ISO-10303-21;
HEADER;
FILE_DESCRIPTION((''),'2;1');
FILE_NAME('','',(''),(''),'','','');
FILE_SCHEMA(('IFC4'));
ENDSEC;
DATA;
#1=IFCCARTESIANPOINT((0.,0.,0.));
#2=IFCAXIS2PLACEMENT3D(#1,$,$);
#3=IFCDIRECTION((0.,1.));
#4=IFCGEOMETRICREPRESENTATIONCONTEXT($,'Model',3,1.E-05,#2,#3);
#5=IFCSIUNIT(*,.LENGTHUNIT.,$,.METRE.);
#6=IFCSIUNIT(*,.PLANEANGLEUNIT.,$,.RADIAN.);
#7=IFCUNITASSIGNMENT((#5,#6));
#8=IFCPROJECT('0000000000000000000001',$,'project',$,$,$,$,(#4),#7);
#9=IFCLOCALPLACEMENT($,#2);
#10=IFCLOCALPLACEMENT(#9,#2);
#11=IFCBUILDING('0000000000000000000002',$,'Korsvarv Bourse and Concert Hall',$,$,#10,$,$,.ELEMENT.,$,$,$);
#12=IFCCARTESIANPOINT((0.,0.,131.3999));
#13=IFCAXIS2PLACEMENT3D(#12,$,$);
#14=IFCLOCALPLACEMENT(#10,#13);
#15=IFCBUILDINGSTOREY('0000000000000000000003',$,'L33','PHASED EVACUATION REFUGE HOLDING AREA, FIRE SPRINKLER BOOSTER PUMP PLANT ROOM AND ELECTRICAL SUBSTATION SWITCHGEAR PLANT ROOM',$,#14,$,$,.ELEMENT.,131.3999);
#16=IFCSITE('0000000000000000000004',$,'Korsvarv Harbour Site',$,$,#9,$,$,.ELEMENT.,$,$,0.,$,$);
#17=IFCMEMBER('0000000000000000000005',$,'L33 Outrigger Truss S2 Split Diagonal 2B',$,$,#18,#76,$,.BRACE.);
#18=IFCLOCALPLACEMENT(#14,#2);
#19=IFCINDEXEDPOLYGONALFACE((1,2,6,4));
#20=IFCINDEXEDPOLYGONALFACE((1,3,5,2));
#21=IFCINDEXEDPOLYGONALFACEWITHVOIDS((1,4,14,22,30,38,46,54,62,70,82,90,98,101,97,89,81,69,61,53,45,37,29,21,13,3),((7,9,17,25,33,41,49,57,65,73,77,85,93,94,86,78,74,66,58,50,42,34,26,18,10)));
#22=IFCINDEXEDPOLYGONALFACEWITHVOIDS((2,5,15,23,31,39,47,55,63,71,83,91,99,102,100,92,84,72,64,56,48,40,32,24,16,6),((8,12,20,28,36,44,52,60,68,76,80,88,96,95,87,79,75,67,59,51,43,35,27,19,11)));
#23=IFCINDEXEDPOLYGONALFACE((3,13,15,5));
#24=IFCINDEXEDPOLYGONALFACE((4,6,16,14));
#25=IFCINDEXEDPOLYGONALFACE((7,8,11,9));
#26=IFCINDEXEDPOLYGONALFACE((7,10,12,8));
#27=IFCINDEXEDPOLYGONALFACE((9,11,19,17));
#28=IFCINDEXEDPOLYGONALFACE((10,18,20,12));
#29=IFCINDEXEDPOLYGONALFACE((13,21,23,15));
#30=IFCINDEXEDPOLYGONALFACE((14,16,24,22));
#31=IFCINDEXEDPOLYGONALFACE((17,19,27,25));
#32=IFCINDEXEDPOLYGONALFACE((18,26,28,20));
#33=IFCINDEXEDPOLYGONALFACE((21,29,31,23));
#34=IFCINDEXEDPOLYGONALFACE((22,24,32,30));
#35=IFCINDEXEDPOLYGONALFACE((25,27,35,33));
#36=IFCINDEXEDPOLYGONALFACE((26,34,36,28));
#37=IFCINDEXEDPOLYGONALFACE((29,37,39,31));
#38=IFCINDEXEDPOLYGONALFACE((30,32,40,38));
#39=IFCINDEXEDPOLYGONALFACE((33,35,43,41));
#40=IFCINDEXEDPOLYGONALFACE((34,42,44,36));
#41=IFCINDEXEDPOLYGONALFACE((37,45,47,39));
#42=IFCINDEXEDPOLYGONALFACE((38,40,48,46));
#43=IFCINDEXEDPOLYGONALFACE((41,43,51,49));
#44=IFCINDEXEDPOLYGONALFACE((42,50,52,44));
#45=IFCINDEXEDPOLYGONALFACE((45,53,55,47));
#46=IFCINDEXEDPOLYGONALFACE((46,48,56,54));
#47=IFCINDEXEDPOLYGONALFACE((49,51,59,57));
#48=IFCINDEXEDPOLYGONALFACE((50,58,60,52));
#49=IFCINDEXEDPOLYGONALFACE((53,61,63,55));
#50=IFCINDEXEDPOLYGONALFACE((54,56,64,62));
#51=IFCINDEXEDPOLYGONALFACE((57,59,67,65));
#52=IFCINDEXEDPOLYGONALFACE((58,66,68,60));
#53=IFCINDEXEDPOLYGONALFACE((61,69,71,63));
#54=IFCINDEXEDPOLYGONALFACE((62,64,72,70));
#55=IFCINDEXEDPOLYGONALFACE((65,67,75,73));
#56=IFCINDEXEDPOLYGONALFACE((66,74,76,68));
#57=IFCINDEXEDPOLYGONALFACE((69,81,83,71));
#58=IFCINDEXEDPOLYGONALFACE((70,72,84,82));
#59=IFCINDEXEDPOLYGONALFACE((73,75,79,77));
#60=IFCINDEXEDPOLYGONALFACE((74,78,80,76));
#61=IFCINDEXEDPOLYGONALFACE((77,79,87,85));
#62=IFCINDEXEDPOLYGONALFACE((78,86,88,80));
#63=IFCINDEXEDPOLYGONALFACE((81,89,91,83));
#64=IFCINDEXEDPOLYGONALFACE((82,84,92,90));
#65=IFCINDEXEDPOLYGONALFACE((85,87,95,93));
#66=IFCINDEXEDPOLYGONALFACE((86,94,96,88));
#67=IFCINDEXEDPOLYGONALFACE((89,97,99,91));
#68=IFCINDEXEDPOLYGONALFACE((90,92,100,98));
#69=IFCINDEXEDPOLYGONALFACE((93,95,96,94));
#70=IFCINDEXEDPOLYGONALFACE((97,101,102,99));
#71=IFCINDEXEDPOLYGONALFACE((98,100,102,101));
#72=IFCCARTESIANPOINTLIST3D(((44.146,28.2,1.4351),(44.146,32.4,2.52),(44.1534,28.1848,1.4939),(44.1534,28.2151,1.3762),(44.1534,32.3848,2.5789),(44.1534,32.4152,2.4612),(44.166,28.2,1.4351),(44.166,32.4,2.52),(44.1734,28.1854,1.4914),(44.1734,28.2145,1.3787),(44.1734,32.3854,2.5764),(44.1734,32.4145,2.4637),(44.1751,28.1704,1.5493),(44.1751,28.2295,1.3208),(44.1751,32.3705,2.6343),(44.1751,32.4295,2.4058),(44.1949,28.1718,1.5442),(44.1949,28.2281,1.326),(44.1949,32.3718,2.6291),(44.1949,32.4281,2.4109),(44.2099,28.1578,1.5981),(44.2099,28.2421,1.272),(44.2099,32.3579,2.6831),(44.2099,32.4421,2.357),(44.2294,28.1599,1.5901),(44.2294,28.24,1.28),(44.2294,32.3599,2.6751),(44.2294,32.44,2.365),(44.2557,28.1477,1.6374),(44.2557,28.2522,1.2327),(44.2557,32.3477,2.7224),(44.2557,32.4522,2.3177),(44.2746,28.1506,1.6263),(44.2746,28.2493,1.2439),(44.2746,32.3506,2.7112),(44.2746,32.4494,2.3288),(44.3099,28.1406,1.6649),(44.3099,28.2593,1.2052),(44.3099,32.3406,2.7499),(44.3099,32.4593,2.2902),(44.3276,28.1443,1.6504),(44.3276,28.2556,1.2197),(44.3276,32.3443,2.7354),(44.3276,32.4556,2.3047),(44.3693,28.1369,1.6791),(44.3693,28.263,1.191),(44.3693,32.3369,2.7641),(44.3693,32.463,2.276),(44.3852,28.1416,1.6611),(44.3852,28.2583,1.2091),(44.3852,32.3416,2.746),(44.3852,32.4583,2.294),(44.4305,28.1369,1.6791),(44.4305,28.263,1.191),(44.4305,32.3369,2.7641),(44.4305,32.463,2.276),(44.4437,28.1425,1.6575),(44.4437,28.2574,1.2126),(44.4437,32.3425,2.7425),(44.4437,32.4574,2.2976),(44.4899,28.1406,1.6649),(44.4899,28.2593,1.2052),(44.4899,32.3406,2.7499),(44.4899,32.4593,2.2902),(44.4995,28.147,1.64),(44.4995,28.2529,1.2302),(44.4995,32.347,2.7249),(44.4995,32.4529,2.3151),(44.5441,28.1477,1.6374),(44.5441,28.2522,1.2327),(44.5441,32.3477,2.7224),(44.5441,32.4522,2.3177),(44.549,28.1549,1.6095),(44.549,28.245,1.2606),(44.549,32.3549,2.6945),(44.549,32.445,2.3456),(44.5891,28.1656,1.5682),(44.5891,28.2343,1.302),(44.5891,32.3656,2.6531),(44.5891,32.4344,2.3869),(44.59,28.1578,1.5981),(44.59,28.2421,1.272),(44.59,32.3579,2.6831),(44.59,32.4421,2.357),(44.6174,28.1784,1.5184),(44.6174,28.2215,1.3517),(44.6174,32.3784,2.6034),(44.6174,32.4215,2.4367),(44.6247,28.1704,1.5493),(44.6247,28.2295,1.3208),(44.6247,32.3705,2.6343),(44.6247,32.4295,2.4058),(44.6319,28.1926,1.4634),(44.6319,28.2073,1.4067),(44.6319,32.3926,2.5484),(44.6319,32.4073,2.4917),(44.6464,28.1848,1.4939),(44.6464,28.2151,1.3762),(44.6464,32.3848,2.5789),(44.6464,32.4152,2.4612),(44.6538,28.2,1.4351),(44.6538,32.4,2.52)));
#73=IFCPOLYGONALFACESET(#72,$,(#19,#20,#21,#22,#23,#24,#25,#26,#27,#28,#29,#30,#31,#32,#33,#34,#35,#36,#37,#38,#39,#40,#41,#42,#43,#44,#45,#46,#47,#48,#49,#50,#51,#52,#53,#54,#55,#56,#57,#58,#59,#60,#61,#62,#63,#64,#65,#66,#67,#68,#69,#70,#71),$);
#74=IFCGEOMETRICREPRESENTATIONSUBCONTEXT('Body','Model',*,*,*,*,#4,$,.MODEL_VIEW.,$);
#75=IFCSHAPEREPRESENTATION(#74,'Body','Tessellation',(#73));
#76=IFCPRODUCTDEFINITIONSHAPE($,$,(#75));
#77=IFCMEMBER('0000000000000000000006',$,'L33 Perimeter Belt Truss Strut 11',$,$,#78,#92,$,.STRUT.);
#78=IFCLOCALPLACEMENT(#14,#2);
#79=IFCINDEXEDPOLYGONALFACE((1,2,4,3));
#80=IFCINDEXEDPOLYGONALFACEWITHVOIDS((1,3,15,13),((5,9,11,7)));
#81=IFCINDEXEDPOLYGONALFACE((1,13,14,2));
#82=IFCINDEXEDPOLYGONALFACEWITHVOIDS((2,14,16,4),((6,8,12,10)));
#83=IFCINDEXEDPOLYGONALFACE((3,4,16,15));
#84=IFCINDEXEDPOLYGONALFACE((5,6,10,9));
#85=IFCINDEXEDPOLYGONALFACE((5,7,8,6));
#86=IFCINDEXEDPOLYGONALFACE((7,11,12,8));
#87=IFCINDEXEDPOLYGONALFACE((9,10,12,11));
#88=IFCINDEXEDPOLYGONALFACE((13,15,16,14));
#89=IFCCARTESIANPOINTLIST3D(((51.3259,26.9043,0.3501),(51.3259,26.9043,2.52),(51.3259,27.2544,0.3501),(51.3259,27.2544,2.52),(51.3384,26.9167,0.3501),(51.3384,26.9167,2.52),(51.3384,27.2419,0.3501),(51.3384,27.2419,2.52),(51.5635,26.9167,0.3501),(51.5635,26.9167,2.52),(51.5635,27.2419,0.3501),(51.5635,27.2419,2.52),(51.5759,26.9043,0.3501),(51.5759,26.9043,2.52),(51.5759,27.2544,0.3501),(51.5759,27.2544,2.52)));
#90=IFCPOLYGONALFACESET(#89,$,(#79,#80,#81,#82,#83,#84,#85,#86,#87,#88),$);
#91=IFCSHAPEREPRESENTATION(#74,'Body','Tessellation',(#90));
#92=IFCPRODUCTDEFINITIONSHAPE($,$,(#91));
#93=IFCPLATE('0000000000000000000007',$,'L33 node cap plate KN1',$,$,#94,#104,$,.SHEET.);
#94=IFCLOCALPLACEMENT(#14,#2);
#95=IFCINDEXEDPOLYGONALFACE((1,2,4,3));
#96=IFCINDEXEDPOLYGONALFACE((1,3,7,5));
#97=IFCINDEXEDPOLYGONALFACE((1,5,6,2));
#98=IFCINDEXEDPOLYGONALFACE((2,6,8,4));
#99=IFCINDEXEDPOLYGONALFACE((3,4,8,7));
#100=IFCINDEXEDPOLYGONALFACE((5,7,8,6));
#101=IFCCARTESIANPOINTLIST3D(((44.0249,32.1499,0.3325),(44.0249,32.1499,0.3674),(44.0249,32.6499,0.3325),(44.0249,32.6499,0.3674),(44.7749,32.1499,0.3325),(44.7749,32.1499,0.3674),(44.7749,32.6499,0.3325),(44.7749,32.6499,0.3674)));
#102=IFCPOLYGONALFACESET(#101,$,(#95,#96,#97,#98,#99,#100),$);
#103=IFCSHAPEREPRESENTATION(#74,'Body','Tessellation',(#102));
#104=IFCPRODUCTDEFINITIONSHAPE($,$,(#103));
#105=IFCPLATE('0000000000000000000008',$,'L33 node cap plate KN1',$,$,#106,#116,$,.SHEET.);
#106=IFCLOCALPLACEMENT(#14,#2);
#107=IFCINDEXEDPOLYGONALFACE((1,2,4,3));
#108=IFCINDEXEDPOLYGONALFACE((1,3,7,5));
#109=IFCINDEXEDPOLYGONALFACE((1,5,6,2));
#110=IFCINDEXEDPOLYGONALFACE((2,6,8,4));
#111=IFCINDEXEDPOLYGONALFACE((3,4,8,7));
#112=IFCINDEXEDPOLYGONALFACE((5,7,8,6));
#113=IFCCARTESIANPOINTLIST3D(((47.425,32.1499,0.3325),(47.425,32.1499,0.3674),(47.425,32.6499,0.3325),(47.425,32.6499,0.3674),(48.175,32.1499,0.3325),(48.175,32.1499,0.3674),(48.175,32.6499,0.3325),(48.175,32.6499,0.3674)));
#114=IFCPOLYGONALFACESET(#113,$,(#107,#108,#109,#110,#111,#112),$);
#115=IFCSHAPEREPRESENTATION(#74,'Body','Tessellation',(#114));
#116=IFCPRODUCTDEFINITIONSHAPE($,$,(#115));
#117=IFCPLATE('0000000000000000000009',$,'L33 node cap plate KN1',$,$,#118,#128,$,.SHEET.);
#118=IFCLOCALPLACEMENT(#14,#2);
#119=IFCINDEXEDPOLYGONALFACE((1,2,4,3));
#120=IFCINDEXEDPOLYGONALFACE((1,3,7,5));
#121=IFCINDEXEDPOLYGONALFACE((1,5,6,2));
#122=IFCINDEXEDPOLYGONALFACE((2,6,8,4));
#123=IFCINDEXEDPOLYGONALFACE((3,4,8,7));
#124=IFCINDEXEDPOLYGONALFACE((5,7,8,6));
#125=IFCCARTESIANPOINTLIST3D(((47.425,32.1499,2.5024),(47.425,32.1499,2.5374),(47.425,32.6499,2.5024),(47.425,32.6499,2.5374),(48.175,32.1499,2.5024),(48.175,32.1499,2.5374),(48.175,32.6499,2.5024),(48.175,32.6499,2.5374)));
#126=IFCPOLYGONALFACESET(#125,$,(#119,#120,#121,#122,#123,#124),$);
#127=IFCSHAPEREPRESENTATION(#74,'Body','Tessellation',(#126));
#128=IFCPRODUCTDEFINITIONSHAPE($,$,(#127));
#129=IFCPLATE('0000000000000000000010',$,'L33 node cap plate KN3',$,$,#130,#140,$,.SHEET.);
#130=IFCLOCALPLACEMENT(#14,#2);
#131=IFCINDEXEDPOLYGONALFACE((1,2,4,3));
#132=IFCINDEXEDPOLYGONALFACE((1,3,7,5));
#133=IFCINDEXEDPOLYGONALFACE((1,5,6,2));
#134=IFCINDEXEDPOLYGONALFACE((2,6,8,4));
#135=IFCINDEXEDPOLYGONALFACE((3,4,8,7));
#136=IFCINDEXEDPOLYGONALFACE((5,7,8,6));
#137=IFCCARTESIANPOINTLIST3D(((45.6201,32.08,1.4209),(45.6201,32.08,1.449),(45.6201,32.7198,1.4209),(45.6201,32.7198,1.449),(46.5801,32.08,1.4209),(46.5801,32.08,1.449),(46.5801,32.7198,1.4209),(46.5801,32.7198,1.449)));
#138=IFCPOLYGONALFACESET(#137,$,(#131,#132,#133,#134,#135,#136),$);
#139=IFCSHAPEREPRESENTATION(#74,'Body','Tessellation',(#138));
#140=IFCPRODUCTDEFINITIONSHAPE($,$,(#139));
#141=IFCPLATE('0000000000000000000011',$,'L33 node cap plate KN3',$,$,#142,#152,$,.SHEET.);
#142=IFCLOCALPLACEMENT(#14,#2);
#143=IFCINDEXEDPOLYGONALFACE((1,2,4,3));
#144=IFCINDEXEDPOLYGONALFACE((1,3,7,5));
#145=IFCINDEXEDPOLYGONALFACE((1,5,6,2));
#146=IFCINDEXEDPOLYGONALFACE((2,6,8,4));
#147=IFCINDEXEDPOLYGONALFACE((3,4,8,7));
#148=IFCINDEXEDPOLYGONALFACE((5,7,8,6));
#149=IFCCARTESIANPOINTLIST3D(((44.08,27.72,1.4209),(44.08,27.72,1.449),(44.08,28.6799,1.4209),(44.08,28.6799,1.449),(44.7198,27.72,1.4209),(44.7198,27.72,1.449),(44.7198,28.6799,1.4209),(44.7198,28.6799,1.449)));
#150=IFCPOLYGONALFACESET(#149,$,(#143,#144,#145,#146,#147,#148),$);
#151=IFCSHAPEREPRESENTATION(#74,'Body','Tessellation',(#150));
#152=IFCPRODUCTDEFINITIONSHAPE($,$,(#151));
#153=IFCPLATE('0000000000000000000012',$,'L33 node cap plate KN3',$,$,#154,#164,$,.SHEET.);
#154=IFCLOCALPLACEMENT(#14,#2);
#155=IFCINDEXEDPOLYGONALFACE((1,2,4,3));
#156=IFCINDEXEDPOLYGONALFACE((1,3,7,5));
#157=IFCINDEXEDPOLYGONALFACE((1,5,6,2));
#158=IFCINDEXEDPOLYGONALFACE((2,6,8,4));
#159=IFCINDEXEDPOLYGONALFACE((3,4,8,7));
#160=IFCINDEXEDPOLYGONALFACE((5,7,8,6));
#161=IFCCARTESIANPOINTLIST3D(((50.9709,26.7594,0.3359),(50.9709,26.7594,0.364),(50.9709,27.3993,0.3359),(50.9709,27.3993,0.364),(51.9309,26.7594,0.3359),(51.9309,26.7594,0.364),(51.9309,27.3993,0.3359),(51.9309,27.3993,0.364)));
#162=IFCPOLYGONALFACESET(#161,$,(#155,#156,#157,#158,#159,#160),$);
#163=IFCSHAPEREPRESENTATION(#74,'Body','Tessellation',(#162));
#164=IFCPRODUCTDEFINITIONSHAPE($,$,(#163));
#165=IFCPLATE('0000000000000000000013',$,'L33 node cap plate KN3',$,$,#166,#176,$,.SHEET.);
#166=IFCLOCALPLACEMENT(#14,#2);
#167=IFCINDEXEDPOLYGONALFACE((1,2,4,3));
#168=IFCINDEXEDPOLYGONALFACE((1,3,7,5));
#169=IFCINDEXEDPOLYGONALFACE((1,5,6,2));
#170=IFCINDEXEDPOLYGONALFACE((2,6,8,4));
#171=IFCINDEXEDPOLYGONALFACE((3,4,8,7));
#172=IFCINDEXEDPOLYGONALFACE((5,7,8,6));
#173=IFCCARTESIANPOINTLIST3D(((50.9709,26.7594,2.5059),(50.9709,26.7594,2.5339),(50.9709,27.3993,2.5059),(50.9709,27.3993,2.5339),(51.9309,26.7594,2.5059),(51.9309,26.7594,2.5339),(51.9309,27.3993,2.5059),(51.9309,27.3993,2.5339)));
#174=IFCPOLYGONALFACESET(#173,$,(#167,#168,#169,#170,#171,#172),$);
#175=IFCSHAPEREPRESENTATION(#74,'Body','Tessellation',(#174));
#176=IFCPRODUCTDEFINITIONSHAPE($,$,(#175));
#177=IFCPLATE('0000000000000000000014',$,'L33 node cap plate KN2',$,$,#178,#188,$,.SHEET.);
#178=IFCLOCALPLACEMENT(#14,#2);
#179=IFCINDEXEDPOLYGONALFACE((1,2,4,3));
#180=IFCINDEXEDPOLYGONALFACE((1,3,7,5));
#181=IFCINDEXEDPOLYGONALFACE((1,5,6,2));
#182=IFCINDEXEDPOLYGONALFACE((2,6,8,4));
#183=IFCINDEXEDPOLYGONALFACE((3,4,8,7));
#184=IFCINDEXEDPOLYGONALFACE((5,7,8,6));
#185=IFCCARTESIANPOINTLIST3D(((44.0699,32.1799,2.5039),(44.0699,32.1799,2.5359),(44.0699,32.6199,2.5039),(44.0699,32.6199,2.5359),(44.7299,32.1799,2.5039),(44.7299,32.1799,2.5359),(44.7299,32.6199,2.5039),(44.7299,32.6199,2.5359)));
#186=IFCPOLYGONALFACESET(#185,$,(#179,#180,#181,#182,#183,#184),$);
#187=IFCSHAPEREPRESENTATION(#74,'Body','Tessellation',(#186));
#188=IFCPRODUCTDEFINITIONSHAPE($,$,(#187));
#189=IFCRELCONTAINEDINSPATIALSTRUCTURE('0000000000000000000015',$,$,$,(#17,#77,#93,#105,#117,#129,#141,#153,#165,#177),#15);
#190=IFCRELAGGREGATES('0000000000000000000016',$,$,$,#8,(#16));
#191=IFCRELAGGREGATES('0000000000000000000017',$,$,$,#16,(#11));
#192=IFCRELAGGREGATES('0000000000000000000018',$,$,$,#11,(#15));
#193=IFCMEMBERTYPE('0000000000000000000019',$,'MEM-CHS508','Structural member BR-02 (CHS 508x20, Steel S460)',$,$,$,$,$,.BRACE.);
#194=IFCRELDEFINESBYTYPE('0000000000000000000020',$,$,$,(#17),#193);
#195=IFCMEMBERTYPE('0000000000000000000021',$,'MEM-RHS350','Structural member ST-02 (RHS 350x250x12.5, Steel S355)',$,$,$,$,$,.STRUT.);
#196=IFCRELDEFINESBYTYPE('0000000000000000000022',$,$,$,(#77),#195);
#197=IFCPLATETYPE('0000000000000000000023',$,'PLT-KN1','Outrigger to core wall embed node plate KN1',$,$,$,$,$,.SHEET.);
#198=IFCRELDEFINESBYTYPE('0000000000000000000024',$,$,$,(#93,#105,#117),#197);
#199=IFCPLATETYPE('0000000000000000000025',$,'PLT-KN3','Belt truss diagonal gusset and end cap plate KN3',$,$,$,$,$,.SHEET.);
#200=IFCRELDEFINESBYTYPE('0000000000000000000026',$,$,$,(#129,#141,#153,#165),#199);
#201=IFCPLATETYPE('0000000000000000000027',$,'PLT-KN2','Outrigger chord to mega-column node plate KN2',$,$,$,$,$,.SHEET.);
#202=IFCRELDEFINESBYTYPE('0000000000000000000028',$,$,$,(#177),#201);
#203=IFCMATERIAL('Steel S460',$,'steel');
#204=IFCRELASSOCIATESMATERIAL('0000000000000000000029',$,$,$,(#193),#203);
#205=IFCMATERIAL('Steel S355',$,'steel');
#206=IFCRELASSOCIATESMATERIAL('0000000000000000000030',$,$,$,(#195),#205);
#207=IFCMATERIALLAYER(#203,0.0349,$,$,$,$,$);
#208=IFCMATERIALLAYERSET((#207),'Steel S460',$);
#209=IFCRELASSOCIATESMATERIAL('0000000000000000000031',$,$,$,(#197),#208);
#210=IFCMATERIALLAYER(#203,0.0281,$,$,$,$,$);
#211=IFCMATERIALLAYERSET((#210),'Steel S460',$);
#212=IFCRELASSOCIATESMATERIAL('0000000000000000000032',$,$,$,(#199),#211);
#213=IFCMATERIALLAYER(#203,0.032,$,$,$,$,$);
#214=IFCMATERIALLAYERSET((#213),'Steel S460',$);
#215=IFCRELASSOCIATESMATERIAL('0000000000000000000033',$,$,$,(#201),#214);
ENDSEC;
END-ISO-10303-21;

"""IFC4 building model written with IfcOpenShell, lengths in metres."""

from ifc_helpers import new_model, si_unit, direction, frame, origin, origin_2d, place, context, subcontext, project, spatial, rectangle, hollow_rectangle, hollow_circle, extrude, source, transform, mapped, material, layer, layer_set, material_profile, profile_set, type_object, element, save


model = new_model("IFC4")

# Units and contexts
model_context = context("Model", 3, precision=1e-05, world=origin(), true_north=direction((0.0, 1.0)))
body_context = subcontext(model_context, "Body", "Model", "MODEL_VIEW")
ifc_project = project(units=[si_unit("LENGTHUNIT", "METRE"), si_unit("PLANEANGLEUNIT", "RADIAN")], contexts=[model_context])

# Site, building, storey
site_placement = place(None, origin())
site = spatial("IfcSite", under=ifc_project, at=site_placement, Name="Korsvarv Harbour Site", CompositionType="ELEMENT", RefElevation=0.0)
building_placement = place(site_placement, origin())
building = spatial("IfcBuilding", under=site, at=building_placement, Name="Korsvarv Bourse and Concert Hall", CompositionType="ELEMENT")
storey_placement = place(building_placement, frame((0.0, 0.0, 131.3999)))
storey = spatial("IfcBuildingStorey", under=building, at=storey_placement, Name="L33", Description="PHASED EVACUATION REFUGE HOLDING AREA, FIRE SPRINKLER BOOSTER PUMP PLANT ROOM AND ELECTRICAL SUBSTATION SWITCHGEAR PLANT ROOM", CompositionType="ELEMENT", Elevation=131.3999)

# Shared definitions
ifc_material_1 = material(Name="Steel S460", Category="steel")

# Members
ifc_material_profile_1 = material_profile(ifc_material_1, hollow_circle(Radius=0.2539, WallThickness=0.02, at=origin_2d()), Name="CHS 508x20")
ifc_profile_set_1 = profile_set([ifc_material_profile_1], Name="Steel S460")
member_type_1 = type_object("IfcMemberType", Name="MEM-CHS508", Description="Structural member BR-02 (CHS 508x20, Steel S460)", PredefinedType="BRACE", material=ifc_profile_set_1)
shared_shape_1 = source(origin(), body_context, "Body", "SweptSolid", [
    extrude(hollow_circle(Radius=0.2539, WallThickness=0.02, at=origin_2d()), origin(), (0.0, 0.0, 1.0), 4.3379),
])
member_1_placement = place(storey_placement, frame((44.3999, 28.2, 1.4351), z_axis=(0.0, 0.968216, 0.250116), x_axis=(-1.0, 0.0, 0.0)))
element("IfcMember", 1, at=member_1_placement, inside=storey, type_object=member_type_1, Name="L33 Outrigger Truss S2 Split Diagonal 2B", PredefinedType="BRACE", context=body_context, shape_type="MappedRepresentation", body=[
    mapped(shared_shape_1, transform((0.0, 0.0, 0.0), scale=1.0)),
])
ifc_material_2 = material(Name="Steel S355", Category="steel")
ifc_material_profile_2 = material_profile(ifc_material_2, hollow_rectangle(XDim=0.25, YDim=0.3501, WallThickness=0.0125, at=origin_2d()), Name="RHS 350x250x12.5")
ifc_profile_set_2 = profile_set([ifc_material_profile_2], Name="Steel S355")
member_type_2 = type_object("IfcMemberType", Name="MEM-RHS350", Description="Structural member ST-02 (RHS 350x250x12.5, Steel S355)", PredefinedType="STRUT", material=ifc_profile_set_2)
shared_shape_2 = source(origin(), body_context, "Body", "SweptSolid", [
    extrude(hollow_rectangle(XDim=0.25, YDim=0.3501, WallThickness=0.0125, at=origin_2d()), origin(), (0.0, 0.0, 1.0), 2.1699),
])
member_2_placement = place(storey_placement, frame((51.4509, 27.0793, 0.3501), z_axis=(0.0, 0.0, 1.0), x_axis=(1.0, 0.0, 0.0)))
element("IfcMember", 2, at=member_2_placement, inside=storey, type_object=member_type_2, Name="L33 Perimeter Belt Truss Strut 11", PredefinedType="STRUT", context=body_context, shape_type="MappedRepresentation", body=[
    mapped(shared_shape_2, transform((0.0, 0.0, 0.0), scale=1.0)),
])

# Plates
ifc_layer_1 = layer(ifc_material_1, 0.0349)
ifc_layer_set_1 = layer_set([ifc_layer_1], Name="Steel S460")
plate_type_1 = type_object("IfcPlateType", Name="PLT-KN1", Description="Outrigger to core wall embed node plate KN1", PredefinedType="SHEET", material=ifc_layer_set_1)
shared_shape_3 = source(origin(), body_context, "Body", "SweptSolid", [
    extrude(rectangle(XDim=0.75, YDim=0.5, at=origin_2d()), origin(), (0.0, 0.0, 1.0), 0.0349),
])
for number, where, z_axis, x_axis, name in (
    (3, (44.3999, 32.3999, 0.3325), (0.0, 0.0, 1.0), (1.0, 0.0, 0.0), "L33 node cap plate KN1"),
    (4, (47.8, 32.3999, 0.3325), (0.0, 0.0, 1.0), (1.0, 0.0, 0.0), "L33 node cap plate KN1"),
    (5, (47.8, 32.3999, 2.5024), (0.0, 0.0, 1.0), (1.0, 0.0, 0.0), "L33 node cap plate KN1"),
):
    element("IfcPlate", number, at=place(storey_placement, frame(where, z_axis=z_axis, x_axis=x_axis)), inside=storey, type_object=plate_type_1, Name=name, PredefinedType="SHEET", context=body_context, shape_type="MappedRepresentation", body=[
        mapped(shared_shape_3, transform((0.0, 0.0, 0.0), scale=1.0)),
    ])
ifc_layer_2 = layer(ifc_material_1, 0.0281)
ifc_layer_set_2 = layer_set([ifc_layer_2], Name="Steel S460")
plate_type_2 = type_object("IfcPlateType", Name="PLT-KN3", Description="Belt truss diagonal gusset and end cap plate KN3", PredefinedType="SHEET", material=ifc_layer_set_2)
shared_shape_4 = source(origin(), body_context, "Body", "SweptSolid", [
    extrude(rectangle(XDim=0.96, YDim=0.6399, at=origin_2d()), origin(), (0.0, 0.0, 1.0), 0.0281),
])
for number, where, z_axis, x_axis, name in (
    (6, (46.1001, 32.3999, 1.4209), (0.0, 0.0, 1.0), (1.0, 0.0, 0.0), "L33 node cap plate KN3"),
    (7, (44.3999, 28.2, 1.4209), (0.0, 0.0, 1.0), (0.0, 1.0, 0.0), "L33 node cap plate KN3"),
    (8, (51.4509, 27.0793, 0.3359), (0.0, 0.0, 1.0), (1.0, 0.0, 0.0), "L33 node cap plate KN3"),
    (9, (51.4509, 27.0793, 2.5059), (0.0, 0.0, 1.0), (1.0, 0.0, 0.0), "L33 node cap plate KN3"),
):
    element("IfcPlate", number, at=place(storey_placement, frame(where, z_axis=z_axis, x_axis=x_axis)), inside=storey, type_object=plate_type_2, Name=name, PredefinedType="SHEET", context=body_context, shape_type="MappedRepresentation", body=[
        mapped(shared_shape_4, transform((0.0, 0.0, 0.0), scale=1.0)),
    ])
ifc_layer_3 = layer(ifc_material_1, 0.032)
ifc_layer_set_3 = layer_set([ifc_layer_3], Name="Steel S460")
plate_type_3 = type_object("IfcPlateType", Name="PLT-KN2", Description="Outrigger chord to mega-column node plate KN2", PredefinedType="SHEET", material=ifc_layer_set_3)
shared_shape_5 = source(origin(), body_context, "Body", "SweptSolid", [
    extrude(rectangle(XDim=0.6599, YDim=0.4399, at=origin_2d()), origin(), (0.0, 0.0, 1.0), 0.032),
])
plate_placement = place(storey_placement, frame((44.3999, 32.3999, 2.5039), z_axis=(0.0, 0.0, 1.0), x_axis=(1.0, 0.0, 0.0)))
element("IfcPlate", 10, at=plate_placement, inside=storey, type_object=plate_type_3, Name="L33 node cap plate KN2", PredefinedType="SHEET", context=body_context, shape_type="MappedRepresentation", body=[
    mapped(shared_shape_5, transform((0.0, 0.0, 0.0), scale=1.0)),
])

save(model, "model.ifc")
